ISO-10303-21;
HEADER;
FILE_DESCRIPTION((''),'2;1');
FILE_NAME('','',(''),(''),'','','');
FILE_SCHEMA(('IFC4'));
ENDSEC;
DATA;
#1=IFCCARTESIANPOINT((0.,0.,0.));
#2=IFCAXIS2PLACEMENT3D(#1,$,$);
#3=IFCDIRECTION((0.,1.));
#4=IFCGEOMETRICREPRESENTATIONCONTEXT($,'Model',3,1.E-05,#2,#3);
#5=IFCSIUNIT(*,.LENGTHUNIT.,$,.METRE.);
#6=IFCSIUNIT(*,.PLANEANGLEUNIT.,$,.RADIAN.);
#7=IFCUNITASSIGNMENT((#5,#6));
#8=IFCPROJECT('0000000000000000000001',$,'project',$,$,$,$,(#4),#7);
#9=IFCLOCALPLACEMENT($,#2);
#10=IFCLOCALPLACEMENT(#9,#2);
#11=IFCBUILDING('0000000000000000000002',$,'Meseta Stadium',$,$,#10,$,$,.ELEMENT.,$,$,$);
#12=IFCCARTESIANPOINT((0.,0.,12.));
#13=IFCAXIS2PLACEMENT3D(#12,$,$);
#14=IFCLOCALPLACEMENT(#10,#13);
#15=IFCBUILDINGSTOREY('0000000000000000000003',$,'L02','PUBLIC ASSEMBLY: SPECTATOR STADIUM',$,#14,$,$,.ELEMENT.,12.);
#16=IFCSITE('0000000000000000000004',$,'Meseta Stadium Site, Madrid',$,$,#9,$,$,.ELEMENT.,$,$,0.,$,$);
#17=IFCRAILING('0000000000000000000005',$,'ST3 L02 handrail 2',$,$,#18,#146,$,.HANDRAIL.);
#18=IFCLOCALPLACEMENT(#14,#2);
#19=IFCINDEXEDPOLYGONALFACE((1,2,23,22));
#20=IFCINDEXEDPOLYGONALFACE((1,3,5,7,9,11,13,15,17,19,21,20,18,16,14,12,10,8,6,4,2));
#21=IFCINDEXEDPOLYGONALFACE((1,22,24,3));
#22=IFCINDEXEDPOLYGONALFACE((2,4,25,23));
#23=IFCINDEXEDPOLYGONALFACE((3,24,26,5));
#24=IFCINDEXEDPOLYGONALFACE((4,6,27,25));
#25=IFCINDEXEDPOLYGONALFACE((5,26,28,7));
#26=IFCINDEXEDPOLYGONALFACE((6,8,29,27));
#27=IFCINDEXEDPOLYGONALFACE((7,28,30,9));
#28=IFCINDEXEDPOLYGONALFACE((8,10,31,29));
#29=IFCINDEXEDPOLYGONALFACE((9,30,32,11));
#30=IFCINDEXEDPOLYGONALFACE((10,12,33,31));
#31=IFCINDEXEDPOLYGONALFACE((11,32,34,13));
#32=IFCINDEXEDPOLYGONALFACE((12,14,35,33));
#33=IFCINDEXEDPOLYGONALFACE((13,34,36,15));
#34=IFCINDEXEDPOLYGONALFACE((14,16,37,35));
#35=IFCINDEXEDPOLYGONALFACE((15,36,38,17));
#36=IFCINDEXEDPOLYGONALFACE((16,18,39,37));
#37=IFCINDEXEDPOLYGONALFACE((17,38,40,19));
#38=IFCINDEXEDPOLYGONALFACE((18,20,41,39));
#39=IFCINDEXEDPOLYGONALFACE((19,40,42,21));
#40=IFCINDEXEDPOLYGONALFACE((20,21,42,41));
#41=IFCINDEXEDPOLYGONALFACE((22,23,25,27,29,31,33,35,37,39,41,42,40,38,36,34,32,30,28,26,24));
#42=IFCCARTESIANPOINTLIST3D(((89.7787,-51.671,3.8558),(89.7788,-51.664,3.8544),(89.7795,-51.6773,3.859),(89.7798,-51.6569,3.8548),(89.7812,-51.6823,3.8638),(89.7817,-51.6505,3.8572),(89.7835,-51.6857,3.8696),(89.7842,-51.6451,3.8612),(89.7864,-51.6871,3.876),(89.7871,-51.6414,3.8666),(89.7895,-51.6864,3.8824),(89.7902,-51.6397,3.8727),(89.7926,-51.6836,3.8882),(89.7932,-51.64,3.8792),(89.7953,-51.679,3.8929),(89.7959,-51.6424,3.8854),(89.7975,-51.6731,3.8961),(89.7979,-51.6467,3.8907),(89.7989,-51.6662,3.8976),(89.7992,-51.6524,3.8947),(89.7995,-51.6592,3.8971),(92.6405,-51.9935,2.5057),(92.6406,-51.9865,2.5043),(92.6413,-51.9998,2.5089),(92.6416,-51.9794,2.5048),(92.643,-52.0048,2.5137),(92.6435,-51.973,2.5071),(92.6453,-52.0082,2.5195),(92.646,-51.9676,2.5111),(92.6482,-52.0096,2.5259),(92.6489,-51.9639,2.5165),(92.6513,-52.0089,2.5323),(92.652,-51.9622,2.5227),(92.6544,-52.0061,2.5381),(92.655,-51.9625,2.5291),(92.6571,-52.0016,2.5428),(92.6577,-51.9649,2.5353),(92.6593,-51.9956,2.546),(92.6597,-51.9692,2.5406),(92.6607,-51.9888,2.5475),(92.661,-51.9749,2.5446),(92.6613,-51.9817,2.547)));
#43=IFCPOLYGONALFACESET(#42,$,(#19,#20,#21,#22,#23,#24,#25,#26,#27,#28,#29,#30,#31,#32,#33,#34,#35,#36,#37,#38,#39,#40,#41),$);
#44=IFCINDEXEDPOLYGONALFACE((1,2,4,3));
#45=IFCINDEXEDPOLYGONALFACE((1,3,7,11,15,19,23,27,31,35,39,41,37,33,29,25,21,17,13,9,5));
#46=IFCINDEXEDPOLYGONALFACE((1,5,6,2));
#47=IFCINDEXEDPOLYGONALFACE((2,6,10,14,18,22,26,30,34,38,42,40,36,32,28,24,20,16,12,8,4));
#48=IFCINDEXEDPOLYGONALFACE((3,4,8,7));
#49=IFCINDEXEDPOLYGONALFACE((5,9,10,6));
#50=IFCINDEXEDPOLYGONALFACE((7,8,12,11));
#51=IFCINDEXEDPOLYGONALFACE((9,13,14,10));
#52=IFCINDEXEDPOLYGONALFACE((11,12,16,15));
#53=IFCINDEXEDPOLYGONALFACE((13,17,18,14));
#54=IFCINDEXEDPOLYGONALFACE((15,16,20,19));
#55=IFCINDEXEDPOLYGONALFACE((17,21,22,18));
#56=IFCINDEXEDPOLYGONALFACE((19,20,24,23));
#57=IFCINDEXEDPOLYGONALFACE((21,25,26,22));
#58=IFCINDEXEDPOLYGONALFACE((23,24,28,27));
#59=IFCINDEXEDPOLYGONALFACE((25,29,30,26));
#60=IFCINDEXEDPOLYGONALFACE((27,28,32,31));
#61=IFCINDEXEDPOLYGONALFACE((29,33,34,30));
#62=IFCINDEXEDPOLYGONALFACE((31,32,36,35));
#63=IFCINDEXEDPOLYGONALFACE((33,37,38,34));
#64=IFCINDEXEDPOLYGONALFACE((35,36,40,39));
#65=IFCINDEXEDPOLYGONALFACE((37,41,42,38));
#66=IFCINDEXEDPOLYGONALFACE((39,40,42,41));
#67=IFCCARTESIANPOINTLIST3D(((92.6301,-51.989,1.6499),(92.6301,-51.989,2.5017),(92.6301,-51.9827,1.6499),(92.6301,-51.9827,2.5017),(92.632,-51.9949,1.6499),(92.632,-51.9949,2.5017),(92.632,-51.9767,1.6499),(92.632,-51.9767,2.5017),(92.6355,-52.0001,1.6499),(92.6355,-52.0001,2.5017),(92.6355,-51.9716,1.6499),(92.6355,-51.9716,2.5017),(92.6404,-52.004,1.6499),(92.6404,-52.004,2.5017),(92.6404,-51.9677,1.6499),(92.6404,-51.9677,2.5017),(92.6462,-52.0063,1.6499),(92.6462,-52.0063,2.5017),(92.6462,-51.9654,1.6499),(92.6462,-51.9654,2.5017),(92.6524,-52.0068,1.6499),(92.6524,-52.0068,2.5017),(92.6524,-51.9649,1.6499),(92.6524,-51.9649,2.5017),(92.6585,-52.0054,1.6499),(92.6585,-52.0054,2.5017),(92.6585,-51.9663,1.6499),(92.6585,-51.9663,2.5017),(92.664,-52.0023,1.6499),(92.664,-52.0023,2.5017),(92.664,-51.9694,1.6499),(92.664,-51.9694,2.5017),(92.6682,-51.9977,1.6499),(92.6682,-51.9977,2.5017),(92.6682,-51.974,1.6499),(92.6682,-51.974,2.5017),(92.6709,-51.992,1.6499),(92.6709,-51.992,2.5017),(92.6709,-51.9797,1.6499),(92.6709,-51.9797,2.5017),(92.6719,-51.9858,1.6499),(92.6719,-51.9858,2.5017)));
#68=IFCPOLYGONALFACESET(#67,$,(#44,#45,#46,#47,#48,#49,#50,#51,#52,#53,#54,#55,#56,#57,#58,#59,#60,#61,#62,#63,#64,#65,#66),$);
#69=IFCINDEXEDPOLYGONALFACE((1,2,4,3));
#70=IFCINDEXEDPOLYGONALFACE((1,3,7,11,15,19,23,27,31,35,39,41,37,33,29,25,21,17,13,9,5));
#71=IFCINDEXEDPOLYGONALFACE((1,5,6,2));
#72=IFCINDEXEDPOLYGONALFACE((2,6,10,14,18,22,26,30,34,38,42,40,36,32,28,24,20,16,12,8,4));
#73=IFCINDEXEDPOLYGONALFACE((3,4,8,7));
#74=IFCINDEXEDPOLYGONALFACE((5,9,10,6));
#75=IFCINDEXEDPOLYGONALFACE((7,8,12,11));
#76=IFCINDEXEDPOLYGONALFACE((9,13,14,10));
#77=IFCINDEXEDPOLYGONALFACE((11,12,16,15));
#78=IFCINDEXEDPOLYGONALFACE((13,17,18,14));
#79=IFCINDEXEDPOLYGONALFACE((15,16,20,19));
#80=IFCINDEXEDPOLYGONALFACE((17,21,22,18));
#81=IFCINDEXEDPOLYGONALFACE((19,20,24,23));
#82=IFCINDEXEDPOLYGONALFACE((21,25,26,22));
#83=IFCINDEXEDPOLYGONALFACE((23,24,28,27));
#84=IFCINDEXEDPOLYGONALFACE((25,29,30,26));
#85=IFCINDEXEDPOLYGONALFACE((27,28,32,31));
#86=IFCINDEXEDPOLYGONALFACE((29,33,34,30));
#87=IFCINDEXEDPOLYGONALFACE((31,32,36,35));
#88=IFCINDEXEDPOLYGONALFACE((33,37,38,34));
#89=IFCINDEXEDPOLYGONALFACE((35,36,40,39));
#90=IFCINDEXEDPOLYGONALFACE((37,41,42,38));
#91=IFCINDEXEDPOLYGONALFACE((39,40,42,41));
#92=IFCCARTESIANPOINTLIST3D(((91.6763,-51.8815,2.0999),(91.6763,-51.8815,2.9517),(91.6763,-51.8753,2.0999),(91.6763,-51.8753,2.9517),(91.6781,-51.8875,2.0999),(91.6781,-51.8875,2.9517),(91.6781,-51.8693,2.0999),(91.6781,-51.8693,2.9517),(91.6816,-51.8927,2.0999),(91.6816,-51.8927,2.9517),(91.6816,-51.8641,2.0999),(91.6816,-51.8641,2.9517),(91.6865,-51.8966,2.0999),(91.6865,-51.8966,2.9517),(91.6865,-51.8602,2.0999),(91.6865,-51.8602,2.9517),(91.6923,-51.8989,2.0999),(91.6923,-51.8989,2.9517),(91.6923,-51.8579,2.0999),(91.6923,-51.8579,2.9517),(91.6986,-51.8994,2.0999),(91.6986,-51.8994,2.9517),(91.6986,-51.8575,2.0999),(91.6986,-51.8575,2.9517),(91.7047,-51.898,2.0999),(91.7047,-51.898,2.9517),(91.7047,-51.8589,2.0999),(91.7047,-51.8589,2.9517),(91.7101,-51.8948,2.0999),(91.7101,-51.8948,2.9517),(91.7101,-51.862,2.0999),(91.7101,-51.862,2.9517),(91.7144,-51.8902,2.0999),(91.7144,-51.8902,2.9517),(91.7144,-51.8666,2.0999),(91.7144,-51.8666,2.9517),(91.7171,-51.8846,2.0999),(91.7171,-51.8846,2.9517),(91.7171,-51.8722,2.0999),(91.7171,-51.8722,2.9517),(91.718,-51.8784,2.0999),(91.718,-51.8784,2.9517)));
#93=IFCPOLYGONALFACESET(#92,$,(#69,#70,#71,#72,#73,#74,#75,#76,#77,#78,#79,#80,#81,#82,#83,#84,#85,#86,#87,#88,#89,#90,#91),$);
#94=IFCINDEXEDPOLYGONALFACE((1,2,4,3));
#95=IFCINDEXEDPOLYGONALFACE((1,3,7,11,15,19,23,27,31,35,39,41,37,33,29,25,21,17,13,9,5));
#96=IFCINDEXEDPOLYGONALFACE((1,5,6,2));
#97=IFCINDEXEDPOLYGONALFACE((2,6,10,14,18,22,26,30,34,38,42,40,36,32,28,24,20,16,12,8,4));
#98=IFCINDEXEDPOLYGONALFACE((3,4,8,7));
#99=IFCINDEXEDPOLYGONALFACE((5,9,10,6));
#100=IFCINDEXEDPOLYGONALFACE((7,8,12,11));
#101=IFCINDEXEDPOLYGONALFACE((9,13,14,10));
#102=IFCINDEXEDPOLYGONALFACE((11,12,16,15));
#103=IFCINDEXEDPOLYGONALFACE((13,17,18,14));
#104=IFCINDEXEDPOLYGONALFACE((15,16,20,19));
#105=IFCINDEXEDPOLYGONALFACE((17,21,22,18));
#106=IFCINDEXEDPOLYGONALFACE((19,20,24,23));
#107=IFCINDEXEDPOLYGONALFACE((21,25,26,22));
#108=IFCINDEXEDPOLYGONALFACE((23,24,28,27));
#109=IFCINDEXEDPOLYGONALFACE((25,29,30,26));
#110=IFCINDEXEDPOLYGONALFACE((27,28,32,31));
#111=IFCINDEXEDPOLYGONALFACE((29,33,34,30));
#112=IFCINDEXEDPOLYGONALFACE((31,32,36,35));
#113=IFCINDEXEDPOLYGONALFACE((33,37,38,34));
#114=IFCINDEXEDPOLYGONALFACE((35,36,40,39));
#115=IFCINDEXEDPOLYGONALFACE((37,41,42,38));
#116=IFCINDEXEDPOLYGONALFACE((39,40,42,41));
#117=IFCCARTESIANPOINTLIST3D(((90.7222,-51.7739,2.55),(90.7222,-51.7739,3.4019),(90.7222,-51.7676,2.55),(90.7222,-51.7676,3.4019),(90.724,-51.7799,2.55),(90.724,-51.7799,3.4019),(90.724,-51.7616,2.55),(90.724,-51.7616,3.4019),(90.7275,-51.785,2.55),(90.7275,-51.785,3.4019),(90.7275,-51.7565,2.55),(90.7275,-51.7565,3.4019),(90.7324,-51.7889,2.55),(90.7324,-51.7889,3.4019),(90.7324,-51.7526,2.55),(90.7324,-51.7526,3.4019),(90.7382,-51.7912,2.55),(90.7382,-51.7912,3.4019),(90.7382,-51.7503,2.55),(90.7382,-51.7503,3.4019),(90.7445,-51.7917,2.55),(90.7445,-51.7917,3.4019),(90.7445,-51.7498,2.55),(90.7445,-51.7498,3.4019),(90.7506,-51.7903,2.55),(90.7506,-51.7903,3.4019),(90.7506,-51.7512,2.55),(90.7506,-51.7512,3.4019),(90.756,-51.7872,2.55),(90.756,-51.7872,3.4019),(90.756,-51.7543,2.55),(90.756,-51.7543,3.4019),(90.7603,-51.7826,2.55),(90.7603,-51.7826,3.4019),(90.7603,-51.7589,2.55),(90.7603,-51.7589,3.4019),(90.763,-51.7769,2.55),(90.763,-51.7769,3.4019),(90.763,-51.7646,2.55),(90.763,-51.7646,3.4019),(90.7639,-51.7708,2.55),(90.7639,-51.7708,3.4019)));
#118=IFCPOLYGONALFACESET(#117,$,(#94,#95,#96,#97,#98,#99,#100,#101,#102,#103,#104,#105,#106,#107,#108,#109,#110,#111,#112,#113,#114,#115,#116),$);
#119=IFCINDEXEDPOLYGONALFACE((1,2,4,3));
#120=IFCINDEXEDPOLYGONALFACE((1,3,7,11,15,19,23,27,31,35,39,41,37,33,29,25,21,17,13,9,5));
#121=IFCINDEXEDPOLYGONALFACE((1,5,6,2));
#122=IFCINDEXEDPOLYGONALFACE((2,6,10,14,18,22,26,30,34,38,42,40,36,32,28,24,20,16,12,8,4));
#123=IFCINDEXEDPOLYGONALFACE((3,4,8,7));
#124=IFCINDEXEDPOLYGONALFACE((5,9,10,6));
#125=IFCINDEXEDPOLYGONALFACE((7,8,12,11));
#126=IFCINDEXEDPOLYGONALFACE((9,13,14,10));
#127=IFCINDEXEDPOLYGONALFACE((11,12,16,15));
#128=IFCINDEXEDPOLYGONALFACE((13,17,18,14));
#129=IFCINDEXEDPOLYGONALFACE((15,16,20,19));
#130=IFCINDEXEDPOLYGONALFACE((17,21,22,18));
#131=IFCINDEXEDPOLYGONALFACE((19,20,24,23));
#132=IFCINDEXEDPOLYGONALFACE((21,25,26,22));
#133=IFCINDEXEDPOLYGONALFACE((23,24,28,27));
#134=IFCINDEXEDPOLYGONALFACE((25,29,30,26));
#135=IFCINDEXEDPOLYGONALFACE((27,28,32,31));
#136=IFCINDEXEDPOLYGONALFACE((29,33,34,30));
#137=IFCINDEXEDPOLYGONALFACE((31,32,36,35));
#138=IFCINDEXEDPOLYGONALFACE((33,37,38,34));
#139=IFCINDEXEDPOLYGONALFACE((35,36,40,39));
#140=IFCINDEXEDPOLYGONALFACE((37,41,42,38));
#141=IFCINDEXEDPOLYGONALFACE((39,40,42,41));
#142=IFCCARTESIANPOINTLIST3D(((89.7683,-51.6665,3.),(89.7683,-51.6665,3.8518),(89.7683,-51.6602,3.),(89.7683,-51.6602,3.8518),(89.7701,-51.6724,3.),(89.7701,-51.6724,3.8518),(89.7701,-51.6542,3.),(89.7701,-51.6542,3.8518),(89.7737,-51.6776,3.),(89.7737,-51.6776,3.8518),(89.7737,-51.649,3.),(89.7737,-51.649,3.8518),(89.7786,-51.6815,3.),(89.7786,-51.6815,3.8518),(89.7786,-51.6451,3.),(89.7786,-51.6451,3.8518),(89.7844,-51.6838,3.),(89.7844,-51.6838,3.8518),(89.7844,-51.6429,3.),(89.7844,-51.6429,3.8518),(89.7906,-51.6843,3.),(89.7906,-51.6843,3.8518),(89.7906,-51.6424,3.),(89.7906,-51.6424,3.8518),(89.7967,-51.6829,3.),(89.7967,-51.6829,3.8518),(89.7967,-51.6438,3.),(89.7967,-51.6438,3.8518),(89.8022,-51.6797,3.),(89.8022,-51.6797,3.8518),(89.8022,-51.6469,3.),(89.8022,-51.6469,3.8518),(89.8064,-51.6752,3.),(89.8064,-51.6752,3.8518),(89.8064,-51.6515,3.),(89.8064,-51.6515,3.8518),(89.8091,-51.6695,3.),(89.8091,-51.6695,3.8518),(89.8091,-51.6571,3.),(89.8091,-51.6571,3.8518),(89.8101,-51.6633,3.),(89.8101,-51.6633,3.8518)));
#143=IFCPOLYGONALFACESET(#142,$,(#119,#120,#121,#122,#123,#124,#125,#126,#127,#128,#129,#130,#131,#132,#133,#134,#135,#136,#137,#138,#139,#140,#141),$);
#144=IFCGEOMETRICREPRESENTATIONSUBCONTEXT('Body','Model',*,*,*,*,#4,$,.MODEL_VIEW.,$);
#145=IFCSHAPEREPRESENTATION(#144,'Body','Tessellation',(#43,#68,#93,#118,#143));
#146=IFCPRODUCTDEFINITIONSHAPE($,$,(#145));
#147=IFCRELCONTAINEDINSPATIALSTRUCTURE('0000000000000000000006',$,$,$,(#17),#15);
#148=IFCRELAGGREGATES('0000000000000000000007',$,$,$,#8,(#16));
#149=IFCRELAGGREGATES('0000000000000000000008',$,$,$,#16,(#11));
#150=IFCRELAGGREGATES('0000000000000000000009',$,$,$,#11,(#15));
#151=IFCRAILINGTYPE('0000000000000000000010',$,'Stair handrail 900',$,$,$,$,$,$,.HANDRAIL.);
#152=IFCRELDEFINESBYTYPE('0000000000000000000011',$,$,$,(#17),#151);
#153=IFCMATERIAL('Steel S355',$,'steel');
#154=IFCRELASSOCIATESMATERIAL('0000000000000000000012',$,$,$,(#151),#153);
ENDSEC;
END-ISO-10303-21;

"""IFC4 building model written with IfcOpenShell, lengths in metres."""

from ifc_helpers import new_model, si_unit, direction, frame, origin, origin_2d, place, context, subcontext, project, spatial, circle, extrude, material, type_object, element, save


model = new_model("IFC4")

# Units and contexts
model_context = context("Model", 3, precision=1e-05, world=origin(), true_north=direction((0.0, 1.0)))
body_context = subcontext(model_context, "Body", "Model", "MODEL_VIEW")
ifc_project = project(units=[si_unit("LENGTHUNIT", "METRE"), si_unit("PLANEANGLEUNIT", "RADIAN")], contexts=[model_context])

# Site, building, storey
site_placement = place(None, origin())
site = spatial("IfcSite", under=ifc_project, at=site_placement, Name="Meseta Stadium Site, Madrid", CompositionType="ELEMENT", RefElevation=0.0)
building_placement = place(site_placement, origin())
building = spatial("IfcBuilding", under=site, at=building_placement, Name="Meseta Stadium", CompositionType="ELEMENT")
storey_placement = place(building_placement, frame((0.0, 0.0, 12.0)))
storey = spatial("IfcBuildingStorey", under=building, at=storey_placement, Name="L02", Description="PUBLIC ASSEMBLY: SPECTATOR STADIUM", CompositionType="ELEMENT", Elevation=12.0)

# Railing
ifc_material_1 = material(Name="Steel S355", Category="steel")
railing_type_1 = type_object("IfcRailingType", Name="Stair handrail 900", PredefinedType="HANDRAIL", material=ifc_material_1)
railing_1_placement = place(storey_placement, frame((92.6509, -51.9858, 1.6499)))
element("IfcRailing", 1, at=railing_1_placement, inside=storey, type_object=railing_type_1, Name="ST3 L02 handrail 2", PredefinedType="HANDRAIL", context=body_context, shape_type="SweptSolid", body=[
    extrude(circle(Radius=0.0239, at=origin_2d()), frame((0.0, 0.0, 0.876), z_axis=(-0.899748, 0.101396, 0.424467), x_axis=(-0.111985, -0.99371, 0.0)), (0.0, 0.0, 1.0), 3.1807),
    extrude(circle(Radius=0.021, at=origin_2d()), origin(), (0.0, 0.0, 1.0), 0.8518),
    extrude(circle(Radius=0.021, at=origin_2d()), frame((-0.9539, 0.1074, 0.45)), (0.0, 0.0, 1.0), 0.8518),
    extrude(circle(Radius=0.021, at=origin_2d()), frame((-1.908, 0.2151, 0.9001)), (0.0, 0.0, 1.0), 0.8518),
    extrude(circle(Radius=0.021, at=origin_2d()), frame((-2.8618, 0.3225, 1.3501)), (0.0, 0.0, 1.0), 0.8518),
])

save(model, "model.ifc")
